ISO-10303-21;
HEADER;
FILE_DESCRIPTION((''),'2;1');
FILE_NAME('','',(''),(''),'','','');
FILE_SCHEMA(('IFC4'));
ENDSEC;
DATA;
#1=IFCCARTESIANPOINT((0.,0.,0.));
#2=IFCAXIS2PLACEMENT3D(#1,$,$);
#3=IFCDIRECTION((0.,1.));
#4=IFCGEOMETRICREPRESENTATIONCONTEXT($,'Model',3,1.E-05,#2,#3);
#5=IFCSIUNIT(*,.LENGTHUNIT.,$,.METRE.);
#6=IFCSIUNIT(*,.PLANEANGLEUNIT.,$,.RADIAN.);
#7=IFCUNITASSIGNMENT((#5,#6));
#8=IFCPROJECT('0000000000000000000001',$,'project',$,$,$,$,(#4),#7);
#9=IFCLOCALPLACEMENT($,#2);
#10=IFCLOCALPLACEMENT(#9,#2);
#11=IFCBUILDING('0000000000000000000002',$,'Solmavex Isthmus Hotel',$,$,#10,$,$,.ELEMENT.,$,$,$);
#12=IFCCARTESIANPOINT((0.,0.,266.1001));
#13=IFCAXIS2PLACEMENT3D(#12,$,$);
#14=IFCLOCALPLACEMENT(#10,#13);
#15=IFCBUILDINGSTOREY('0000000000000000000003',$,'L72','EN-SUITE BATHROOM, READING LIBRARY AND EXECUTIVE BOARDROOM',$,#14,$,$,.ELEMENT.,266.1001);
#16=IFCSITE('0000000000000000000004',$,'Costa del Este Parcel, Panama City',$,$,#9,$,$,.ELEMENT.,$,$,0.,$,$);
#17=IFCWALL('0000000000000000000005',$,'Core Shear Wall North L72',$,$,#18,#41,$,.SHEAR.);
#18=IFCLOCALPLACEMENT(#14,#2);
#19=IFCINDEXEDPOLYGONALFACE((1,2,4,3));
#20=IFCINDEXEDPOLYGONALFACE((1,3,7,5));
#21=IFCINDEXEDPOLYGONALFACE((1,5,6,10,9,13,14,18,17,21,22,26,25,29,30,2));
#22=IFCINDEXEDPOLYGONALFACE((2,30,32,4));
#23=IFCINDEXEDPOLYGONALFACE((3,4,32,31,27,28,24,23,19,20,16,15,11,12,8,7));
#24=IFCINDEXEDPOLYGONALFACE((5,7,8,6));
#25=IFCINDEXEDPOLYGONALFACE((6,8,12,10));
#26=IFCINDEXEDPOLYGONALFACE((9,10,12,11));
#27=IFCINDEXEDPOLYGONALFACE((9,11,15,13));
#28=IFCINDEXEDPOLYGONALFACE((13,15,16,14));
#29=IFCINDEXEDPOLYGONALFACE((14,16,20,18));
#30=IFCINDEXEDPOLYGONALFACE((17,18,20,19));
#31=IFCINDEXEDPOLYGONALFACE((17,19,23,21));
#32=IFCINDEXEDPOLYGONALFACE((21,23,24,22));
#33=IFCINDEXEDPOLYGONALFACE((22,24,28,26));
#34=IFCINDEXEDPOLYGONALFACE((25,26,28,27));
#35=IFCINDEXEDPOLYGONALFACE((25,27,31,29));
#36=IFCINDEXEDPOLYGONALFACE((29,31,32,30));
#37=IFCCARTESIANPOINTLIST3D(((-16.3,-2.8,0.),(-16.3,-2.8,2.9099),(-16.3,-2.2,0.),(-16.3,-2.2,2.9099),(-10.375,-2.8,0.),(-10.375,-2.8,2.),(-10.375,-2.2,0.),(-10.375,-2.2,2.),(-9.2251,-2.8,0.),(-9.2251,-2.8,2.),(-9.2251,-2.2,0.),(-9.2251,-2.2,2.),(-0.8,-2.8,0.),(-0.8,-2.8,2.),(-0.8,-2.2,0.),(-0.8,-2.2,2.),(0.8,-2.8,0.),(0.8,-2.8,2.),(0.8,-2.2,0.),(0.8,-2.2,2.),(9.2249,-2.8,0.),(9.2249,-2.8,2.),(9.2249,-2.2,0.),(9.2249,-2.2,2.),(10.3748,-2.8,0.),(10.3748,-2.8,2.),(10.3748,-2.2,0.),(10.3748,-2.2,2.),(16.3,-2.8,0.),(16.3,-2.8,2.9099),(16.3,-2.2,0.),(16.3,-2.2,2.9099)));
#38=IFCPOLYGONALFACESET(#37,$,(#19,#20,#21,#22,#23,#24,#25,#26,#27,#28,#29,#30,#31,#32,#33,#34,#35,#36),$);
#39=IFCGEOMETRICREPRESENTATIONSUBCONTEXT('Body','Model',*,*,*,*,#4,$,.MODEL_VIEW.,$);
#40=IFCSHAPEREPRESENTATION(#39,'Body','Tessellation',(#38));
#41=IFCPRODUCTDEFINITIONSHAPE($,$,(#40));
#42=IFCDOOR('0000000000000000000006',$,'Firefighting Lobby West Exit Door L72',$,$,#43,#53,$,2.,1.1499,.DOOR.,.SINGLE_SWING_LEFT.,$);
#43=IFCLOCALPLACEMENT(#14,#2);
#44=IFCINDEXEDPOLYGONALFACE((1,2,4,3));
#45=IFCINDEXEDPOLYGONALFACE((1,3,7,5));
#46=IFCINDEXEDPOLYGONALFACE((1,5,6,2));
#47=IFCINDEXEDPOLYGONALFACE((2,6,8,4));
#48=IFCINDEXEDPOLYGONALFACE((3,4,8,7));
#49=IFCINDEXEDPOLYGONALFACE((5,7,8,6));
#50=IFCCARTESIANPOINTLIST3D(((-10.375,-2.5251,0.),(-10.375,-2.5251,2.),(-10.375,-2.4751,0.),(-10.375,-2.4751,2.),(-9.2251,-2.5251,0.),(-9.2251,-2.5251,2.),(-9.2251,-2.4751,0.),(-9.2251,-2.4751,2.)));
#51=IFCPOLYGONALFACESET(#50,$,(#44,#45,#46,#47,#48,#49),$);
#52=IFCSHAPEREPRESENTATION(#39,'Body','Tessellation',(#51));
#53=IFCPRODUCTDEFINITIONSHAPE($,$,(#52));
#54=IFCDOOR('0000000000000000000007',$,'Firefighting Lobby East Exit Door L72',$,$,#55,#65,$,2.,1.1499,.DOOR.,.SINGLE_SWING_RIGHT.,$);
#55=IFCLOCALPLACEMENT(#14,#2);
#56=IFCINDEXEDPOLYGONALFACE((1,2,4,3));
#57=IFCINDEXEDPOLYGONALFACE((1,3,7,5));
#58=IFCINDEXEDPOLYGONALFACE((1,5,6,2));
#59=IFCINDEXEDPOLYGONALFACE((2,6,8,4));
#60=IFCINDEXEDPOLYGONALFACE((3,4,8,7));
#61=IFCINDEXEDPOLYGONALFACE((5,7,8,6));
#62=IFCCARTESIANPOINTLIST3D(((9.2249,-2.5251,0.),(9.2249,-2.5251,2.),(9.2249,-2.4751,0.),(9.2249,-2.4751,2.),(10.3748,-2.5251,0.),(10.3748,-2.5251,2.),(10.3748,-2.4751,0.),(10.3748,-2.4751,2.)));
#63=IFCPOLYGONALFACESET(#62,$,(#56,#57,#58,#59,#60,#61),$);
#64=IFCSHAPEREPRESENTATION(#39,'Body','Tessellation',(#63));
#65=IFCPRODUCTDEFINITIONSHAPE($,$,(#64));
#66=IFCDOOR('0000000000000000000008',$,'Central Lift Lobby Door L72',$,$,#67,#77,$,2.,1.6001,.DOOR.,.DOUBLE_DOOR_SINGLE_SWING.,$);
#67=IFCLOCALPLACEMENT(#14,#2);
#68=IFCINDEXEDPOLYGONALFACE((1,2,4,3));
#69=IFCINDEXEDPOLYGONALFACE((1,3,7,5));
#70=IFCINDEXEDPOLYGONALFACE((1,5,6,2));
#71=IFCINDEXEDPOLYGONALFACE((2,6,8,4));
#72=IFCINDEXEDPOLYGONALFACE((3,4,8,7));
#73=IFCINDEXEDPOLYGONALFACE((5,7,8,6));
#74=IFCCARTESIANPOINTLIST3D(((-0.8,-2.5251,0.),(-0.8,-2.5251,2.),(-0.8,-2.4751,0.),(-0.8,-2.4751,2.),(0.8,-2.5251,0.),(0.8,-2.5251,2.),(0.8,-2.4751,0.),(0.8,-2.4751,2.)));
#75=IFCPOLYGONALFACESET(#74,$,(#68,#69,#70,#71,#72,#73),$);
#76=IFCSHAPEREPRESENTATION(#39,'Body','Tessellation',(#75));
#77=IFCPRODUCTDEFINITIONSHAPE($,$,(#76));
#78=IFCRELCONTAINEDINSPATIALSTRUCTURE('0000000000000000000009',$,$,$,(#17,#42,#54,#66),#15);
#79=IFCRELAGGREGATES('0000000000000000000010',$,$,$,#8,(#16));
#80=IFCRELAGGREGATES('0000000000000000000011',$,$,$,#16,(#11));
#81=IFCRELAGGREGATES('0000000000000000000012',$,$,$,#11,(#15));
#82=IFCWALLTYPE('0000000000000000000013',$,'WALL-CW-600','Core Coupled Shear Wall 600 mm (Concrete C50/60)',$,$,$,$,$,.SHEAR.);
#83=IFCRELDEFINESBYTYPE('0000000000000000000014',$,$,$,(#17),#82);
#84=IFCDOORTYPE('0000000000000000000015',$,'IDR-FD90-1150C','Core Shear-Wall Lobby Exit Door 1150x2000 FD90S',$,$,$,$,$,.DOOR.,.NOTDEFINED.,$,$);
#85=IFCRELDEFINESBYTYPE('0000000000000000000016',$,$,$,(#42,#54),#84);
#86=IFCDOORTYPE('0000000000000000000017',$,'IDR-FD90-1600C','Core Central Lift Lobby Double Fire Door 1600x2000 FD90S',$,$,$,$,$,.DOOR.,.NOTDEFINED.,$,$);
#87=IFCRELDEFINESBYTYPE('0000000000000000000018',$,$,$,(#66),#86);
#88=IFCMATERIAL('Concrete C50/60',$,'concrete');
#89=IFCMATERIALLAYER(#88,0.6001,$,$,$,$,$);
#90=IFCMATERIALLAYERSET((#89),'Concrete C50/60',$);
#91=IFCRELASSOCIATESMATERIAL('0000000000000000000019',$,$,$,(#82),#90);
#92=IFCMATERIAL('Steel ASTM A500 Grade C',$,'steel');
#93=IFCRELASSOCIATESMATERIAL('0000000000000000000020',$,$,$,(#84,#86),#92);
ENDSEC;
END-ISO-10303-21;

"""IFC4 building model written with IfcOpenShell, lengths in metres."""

from ifc_helpers import new_model, si_unit, direction, frame, frame_2d, origin, place, context, subcontext, project, spatial, rectangle, extrude, material, layer, layer_set, type_object, element, fill, save


model = new_model("IFC4")

# Units and contexts
model_context = context("Model", 3, precision=1e-05, world=origin(), true_north=direction((0.0, 1.0)))
body_context = subcontext(model_context, "Body", "Model", "MODEL_VIEW")
ifc_project = project(units=[si_unit("LENGTHUNIT", "METRE"), si_unit("PLANEANGLEUNIT", "RADIAN")], contexts=[model_context])

# Site, building, storey
site_placement = place(None, origin())
site = spatial("IfcSite", under=ifc_project, at=site_placement, Name="Costa del Este Parcel, Panama City", CompositionType="ELEMENT", RefElevation=0.0)
building_placement = place(site_placement, origin())
building = spatial("IfcBuilding", under=site, at=building_placement, Name="Solmavex Isthmus Hotel", CompositionType="ELEMENT")
storey_placement = place(building_placement, frame((0.0, 0.0, 266.1001)))
storey = spatial("IfcBuildingStorey", under=building, at=storey_placement, Name="L72", Description="EN-SUITE BATHROOM, READING LIBRARY AND EXECUTIVE BOARDROOM", CompositionType="ELEMENT", Elevation=266.1001)

# Shared definitions
ifc_material_1 = material(Name="Steel ASTM A500 Grade C", Category="steel")

# Wall, openings, doors
ifc_material_2 = material(Name="Concrete C50/60", Category="concrete")
ifc_layer_1 = layer(ifc_material_2, 0.6001)
ifc_layer_set_1 = layer_set([ifc_layer_1], Name="Concrete C50/60")
wall_type_1 = type_object("IfcWallType", Name="WALL-CW-600", Description="Core Coupled Shear Wall 600 mm (Concrete C50/60)", PredefinedType="SHEAR", material=ifc_layer_set_1)
wall_1_placement = place(storey_placement, frame((-16.3, -2.5, 0.0), z_axis=(0.0, 0.0, 1.0), x_axis=(1.0, 0.0, 0.0)))
wall_1 = element("IfcWall", 1, at=wall_1_placement, inside=storey, type_object=wall_type_1, Name="Core Shear Wall North L72", PredefinedType="SHEAR", context=body_context, shape_type="SweptSolid", body=[
    extrude(rectangle(XDim=32.6001, YDim=0.6001, at=frame_2d((16.3, 0.0))), origin(), (0.0, 0.0, 1.0), 2.9099),
])
opening_1_placement = place(wall_1_placement, frame((5.925, 0.0, 0.0)))
opening_1 = element("IfcOpeningElement", 2, at=opening_1_placement, cuts=wall_1, PredefinedType="OPENING", context=body_context, shape_type="SweptSolid", body=[
    extrude(rectangle(XDim=1.1499, YDim=2.0, at=frame_2d((0.575, 1.0))), frame((0.0, 0.3101, 0.0), z_axis=(0.0, -1.0, 0.0), x_axis=(1.0, 0.0, 0.0)), (0.0, 0.0, 1.0), 0.6201),
])
opening_2_placement = place(wall_1_placement, frame((15.5, 0.0, 0.0)))
opening_2 = element("IfcOpeningElement", 3, at=opening_2_placement, cuts=wall_1, PredefinedType="OPENING", context=body_context, shape_type="SweptSolid", body=[
    extrude(rectangle(XDim=1.6001, YDim=2.0, at=frame_2d((0.8, 1.0))), frame((0.0, 0.3101, 0.0), z_axis=(0.0, -1.0, 0.0), x_axis=(1.0, 0.0, 0.0)), (0.0, 0.0, 1.0), 0.6201),
])
opening_3_placement = place(wall_1_placement, frame((25.5249, 0.0, 0.0)))
opening_3 = element("IfcOpeningElement", 4, at=opening_3_placement, cuts=wall_1, PredefinedType="OPENING", context=body_context, shape_type="SweptSolid", body=[
    extrude(rectangle(XDim=1.1499, YDim=2.0, at=frame_2d((0.575, 1.0))), frame((0.0, 0.3101, 0.0), z_axis=(0.0, -1.0, 0.0), x_axis=(1.0, 0.0, 0.0)), (0.0, 0.0, 1.0), 0.6201),
])
door_type_1 = type_object("IfcDoorType", Name="IDR-FD90-1150C", Description="Core Shear-Wall Lobby Exit Door 1150x2000 FD90S", OperationType="NOTDEFINED", PredefinedType="DOOR", material=ifc_material_1)
door_1_placement = place(opening_1_placement, origin())
door_1 = element("IfcDoor", 5, at=door_1_placement, inside=storey, type_object=door_type_1, Name="Firefighting Lobby West Exit Door L72", OperationType="SINGLE_SWING_LEFT", OverallHeight=2.0, OverallWidth=1.1499, PredefinedType="DOOR", context=body_context, shape_type="SweptSolid", body=[
    extrude(rectangle(XDim=1.1499, YDim=2.0, at=frame_2d((0.575, 1.0))), frame((0.0, 0.0249, 0.0), z_axis=(0.0, -1.0, 0.0), x_axis=(1.0, 0.0, 0.0)), (0.0, 0.0, 1.0), 0.05),
])
fill(opening_1, door_1)
door_2_placement = place(opening_3_placement, origin())
door_2 = element("IfcDoor", 6, at=door_2_placement, inside=storey, type_object=door_type_1, Name="Firefighting Lobby East Exit Door L72", OperationType="SINGLE_SWING_RIGHT", OverallHeight=2.0, OverallWidth=1.1499, PredefinedType="DOOR", context=body_context, shape_type="SweptSolid", body=[
    extrude(rectangle(XDim=1.1499, YDim=2.0, at=frame_2d((0.575, 1.0))), frame((0.0, 0.0249, 0.0), z_axis=(0.0, -1.0, 0.0), x_axis=(1.0, 0.0, 0.0)), (0.0, 0.0, 1.0), 0.05),
])
fill(opening_3, door_2)
door_type_2 = type_object("IfcDoorType", Name="IDR-FD90-1600C", Description="Core Central Lift Lobby Double Fire Door 1600x2000 FD90S", OperationType="NOTDEFINED", PredefinedType="DOOR", material=ifc_material_1)
door_3_placement = place(opening_2_placement, origin())
door_3 = element("IfcDoor", 7, at=door_3_placement, inside=storey, type_object=door_type_2, Name="Central Lift Lobby Door L72", OperationType="DOUBLE_DOOR_SINGLE_SWING", OverallHeight=2.0, OverallWidth=1.6001, PredefinedType="DOOR", context=body_context, shape_type="SweptSolid", body=[
    extrude(rectangle(XDim=1.6001, YDim=2.0, at=frame_2d((0.8, 1.0))), frame((0.0, 0.0249, 0.0), z_axis=(0.0, -1.0, 0.0), x_axis=(1.0, 0.0, 0.0)), (0.0, 0.0, 1.0), 0.05),
])
fill(opening_2, door_3)

save(model, "model.ifc")
